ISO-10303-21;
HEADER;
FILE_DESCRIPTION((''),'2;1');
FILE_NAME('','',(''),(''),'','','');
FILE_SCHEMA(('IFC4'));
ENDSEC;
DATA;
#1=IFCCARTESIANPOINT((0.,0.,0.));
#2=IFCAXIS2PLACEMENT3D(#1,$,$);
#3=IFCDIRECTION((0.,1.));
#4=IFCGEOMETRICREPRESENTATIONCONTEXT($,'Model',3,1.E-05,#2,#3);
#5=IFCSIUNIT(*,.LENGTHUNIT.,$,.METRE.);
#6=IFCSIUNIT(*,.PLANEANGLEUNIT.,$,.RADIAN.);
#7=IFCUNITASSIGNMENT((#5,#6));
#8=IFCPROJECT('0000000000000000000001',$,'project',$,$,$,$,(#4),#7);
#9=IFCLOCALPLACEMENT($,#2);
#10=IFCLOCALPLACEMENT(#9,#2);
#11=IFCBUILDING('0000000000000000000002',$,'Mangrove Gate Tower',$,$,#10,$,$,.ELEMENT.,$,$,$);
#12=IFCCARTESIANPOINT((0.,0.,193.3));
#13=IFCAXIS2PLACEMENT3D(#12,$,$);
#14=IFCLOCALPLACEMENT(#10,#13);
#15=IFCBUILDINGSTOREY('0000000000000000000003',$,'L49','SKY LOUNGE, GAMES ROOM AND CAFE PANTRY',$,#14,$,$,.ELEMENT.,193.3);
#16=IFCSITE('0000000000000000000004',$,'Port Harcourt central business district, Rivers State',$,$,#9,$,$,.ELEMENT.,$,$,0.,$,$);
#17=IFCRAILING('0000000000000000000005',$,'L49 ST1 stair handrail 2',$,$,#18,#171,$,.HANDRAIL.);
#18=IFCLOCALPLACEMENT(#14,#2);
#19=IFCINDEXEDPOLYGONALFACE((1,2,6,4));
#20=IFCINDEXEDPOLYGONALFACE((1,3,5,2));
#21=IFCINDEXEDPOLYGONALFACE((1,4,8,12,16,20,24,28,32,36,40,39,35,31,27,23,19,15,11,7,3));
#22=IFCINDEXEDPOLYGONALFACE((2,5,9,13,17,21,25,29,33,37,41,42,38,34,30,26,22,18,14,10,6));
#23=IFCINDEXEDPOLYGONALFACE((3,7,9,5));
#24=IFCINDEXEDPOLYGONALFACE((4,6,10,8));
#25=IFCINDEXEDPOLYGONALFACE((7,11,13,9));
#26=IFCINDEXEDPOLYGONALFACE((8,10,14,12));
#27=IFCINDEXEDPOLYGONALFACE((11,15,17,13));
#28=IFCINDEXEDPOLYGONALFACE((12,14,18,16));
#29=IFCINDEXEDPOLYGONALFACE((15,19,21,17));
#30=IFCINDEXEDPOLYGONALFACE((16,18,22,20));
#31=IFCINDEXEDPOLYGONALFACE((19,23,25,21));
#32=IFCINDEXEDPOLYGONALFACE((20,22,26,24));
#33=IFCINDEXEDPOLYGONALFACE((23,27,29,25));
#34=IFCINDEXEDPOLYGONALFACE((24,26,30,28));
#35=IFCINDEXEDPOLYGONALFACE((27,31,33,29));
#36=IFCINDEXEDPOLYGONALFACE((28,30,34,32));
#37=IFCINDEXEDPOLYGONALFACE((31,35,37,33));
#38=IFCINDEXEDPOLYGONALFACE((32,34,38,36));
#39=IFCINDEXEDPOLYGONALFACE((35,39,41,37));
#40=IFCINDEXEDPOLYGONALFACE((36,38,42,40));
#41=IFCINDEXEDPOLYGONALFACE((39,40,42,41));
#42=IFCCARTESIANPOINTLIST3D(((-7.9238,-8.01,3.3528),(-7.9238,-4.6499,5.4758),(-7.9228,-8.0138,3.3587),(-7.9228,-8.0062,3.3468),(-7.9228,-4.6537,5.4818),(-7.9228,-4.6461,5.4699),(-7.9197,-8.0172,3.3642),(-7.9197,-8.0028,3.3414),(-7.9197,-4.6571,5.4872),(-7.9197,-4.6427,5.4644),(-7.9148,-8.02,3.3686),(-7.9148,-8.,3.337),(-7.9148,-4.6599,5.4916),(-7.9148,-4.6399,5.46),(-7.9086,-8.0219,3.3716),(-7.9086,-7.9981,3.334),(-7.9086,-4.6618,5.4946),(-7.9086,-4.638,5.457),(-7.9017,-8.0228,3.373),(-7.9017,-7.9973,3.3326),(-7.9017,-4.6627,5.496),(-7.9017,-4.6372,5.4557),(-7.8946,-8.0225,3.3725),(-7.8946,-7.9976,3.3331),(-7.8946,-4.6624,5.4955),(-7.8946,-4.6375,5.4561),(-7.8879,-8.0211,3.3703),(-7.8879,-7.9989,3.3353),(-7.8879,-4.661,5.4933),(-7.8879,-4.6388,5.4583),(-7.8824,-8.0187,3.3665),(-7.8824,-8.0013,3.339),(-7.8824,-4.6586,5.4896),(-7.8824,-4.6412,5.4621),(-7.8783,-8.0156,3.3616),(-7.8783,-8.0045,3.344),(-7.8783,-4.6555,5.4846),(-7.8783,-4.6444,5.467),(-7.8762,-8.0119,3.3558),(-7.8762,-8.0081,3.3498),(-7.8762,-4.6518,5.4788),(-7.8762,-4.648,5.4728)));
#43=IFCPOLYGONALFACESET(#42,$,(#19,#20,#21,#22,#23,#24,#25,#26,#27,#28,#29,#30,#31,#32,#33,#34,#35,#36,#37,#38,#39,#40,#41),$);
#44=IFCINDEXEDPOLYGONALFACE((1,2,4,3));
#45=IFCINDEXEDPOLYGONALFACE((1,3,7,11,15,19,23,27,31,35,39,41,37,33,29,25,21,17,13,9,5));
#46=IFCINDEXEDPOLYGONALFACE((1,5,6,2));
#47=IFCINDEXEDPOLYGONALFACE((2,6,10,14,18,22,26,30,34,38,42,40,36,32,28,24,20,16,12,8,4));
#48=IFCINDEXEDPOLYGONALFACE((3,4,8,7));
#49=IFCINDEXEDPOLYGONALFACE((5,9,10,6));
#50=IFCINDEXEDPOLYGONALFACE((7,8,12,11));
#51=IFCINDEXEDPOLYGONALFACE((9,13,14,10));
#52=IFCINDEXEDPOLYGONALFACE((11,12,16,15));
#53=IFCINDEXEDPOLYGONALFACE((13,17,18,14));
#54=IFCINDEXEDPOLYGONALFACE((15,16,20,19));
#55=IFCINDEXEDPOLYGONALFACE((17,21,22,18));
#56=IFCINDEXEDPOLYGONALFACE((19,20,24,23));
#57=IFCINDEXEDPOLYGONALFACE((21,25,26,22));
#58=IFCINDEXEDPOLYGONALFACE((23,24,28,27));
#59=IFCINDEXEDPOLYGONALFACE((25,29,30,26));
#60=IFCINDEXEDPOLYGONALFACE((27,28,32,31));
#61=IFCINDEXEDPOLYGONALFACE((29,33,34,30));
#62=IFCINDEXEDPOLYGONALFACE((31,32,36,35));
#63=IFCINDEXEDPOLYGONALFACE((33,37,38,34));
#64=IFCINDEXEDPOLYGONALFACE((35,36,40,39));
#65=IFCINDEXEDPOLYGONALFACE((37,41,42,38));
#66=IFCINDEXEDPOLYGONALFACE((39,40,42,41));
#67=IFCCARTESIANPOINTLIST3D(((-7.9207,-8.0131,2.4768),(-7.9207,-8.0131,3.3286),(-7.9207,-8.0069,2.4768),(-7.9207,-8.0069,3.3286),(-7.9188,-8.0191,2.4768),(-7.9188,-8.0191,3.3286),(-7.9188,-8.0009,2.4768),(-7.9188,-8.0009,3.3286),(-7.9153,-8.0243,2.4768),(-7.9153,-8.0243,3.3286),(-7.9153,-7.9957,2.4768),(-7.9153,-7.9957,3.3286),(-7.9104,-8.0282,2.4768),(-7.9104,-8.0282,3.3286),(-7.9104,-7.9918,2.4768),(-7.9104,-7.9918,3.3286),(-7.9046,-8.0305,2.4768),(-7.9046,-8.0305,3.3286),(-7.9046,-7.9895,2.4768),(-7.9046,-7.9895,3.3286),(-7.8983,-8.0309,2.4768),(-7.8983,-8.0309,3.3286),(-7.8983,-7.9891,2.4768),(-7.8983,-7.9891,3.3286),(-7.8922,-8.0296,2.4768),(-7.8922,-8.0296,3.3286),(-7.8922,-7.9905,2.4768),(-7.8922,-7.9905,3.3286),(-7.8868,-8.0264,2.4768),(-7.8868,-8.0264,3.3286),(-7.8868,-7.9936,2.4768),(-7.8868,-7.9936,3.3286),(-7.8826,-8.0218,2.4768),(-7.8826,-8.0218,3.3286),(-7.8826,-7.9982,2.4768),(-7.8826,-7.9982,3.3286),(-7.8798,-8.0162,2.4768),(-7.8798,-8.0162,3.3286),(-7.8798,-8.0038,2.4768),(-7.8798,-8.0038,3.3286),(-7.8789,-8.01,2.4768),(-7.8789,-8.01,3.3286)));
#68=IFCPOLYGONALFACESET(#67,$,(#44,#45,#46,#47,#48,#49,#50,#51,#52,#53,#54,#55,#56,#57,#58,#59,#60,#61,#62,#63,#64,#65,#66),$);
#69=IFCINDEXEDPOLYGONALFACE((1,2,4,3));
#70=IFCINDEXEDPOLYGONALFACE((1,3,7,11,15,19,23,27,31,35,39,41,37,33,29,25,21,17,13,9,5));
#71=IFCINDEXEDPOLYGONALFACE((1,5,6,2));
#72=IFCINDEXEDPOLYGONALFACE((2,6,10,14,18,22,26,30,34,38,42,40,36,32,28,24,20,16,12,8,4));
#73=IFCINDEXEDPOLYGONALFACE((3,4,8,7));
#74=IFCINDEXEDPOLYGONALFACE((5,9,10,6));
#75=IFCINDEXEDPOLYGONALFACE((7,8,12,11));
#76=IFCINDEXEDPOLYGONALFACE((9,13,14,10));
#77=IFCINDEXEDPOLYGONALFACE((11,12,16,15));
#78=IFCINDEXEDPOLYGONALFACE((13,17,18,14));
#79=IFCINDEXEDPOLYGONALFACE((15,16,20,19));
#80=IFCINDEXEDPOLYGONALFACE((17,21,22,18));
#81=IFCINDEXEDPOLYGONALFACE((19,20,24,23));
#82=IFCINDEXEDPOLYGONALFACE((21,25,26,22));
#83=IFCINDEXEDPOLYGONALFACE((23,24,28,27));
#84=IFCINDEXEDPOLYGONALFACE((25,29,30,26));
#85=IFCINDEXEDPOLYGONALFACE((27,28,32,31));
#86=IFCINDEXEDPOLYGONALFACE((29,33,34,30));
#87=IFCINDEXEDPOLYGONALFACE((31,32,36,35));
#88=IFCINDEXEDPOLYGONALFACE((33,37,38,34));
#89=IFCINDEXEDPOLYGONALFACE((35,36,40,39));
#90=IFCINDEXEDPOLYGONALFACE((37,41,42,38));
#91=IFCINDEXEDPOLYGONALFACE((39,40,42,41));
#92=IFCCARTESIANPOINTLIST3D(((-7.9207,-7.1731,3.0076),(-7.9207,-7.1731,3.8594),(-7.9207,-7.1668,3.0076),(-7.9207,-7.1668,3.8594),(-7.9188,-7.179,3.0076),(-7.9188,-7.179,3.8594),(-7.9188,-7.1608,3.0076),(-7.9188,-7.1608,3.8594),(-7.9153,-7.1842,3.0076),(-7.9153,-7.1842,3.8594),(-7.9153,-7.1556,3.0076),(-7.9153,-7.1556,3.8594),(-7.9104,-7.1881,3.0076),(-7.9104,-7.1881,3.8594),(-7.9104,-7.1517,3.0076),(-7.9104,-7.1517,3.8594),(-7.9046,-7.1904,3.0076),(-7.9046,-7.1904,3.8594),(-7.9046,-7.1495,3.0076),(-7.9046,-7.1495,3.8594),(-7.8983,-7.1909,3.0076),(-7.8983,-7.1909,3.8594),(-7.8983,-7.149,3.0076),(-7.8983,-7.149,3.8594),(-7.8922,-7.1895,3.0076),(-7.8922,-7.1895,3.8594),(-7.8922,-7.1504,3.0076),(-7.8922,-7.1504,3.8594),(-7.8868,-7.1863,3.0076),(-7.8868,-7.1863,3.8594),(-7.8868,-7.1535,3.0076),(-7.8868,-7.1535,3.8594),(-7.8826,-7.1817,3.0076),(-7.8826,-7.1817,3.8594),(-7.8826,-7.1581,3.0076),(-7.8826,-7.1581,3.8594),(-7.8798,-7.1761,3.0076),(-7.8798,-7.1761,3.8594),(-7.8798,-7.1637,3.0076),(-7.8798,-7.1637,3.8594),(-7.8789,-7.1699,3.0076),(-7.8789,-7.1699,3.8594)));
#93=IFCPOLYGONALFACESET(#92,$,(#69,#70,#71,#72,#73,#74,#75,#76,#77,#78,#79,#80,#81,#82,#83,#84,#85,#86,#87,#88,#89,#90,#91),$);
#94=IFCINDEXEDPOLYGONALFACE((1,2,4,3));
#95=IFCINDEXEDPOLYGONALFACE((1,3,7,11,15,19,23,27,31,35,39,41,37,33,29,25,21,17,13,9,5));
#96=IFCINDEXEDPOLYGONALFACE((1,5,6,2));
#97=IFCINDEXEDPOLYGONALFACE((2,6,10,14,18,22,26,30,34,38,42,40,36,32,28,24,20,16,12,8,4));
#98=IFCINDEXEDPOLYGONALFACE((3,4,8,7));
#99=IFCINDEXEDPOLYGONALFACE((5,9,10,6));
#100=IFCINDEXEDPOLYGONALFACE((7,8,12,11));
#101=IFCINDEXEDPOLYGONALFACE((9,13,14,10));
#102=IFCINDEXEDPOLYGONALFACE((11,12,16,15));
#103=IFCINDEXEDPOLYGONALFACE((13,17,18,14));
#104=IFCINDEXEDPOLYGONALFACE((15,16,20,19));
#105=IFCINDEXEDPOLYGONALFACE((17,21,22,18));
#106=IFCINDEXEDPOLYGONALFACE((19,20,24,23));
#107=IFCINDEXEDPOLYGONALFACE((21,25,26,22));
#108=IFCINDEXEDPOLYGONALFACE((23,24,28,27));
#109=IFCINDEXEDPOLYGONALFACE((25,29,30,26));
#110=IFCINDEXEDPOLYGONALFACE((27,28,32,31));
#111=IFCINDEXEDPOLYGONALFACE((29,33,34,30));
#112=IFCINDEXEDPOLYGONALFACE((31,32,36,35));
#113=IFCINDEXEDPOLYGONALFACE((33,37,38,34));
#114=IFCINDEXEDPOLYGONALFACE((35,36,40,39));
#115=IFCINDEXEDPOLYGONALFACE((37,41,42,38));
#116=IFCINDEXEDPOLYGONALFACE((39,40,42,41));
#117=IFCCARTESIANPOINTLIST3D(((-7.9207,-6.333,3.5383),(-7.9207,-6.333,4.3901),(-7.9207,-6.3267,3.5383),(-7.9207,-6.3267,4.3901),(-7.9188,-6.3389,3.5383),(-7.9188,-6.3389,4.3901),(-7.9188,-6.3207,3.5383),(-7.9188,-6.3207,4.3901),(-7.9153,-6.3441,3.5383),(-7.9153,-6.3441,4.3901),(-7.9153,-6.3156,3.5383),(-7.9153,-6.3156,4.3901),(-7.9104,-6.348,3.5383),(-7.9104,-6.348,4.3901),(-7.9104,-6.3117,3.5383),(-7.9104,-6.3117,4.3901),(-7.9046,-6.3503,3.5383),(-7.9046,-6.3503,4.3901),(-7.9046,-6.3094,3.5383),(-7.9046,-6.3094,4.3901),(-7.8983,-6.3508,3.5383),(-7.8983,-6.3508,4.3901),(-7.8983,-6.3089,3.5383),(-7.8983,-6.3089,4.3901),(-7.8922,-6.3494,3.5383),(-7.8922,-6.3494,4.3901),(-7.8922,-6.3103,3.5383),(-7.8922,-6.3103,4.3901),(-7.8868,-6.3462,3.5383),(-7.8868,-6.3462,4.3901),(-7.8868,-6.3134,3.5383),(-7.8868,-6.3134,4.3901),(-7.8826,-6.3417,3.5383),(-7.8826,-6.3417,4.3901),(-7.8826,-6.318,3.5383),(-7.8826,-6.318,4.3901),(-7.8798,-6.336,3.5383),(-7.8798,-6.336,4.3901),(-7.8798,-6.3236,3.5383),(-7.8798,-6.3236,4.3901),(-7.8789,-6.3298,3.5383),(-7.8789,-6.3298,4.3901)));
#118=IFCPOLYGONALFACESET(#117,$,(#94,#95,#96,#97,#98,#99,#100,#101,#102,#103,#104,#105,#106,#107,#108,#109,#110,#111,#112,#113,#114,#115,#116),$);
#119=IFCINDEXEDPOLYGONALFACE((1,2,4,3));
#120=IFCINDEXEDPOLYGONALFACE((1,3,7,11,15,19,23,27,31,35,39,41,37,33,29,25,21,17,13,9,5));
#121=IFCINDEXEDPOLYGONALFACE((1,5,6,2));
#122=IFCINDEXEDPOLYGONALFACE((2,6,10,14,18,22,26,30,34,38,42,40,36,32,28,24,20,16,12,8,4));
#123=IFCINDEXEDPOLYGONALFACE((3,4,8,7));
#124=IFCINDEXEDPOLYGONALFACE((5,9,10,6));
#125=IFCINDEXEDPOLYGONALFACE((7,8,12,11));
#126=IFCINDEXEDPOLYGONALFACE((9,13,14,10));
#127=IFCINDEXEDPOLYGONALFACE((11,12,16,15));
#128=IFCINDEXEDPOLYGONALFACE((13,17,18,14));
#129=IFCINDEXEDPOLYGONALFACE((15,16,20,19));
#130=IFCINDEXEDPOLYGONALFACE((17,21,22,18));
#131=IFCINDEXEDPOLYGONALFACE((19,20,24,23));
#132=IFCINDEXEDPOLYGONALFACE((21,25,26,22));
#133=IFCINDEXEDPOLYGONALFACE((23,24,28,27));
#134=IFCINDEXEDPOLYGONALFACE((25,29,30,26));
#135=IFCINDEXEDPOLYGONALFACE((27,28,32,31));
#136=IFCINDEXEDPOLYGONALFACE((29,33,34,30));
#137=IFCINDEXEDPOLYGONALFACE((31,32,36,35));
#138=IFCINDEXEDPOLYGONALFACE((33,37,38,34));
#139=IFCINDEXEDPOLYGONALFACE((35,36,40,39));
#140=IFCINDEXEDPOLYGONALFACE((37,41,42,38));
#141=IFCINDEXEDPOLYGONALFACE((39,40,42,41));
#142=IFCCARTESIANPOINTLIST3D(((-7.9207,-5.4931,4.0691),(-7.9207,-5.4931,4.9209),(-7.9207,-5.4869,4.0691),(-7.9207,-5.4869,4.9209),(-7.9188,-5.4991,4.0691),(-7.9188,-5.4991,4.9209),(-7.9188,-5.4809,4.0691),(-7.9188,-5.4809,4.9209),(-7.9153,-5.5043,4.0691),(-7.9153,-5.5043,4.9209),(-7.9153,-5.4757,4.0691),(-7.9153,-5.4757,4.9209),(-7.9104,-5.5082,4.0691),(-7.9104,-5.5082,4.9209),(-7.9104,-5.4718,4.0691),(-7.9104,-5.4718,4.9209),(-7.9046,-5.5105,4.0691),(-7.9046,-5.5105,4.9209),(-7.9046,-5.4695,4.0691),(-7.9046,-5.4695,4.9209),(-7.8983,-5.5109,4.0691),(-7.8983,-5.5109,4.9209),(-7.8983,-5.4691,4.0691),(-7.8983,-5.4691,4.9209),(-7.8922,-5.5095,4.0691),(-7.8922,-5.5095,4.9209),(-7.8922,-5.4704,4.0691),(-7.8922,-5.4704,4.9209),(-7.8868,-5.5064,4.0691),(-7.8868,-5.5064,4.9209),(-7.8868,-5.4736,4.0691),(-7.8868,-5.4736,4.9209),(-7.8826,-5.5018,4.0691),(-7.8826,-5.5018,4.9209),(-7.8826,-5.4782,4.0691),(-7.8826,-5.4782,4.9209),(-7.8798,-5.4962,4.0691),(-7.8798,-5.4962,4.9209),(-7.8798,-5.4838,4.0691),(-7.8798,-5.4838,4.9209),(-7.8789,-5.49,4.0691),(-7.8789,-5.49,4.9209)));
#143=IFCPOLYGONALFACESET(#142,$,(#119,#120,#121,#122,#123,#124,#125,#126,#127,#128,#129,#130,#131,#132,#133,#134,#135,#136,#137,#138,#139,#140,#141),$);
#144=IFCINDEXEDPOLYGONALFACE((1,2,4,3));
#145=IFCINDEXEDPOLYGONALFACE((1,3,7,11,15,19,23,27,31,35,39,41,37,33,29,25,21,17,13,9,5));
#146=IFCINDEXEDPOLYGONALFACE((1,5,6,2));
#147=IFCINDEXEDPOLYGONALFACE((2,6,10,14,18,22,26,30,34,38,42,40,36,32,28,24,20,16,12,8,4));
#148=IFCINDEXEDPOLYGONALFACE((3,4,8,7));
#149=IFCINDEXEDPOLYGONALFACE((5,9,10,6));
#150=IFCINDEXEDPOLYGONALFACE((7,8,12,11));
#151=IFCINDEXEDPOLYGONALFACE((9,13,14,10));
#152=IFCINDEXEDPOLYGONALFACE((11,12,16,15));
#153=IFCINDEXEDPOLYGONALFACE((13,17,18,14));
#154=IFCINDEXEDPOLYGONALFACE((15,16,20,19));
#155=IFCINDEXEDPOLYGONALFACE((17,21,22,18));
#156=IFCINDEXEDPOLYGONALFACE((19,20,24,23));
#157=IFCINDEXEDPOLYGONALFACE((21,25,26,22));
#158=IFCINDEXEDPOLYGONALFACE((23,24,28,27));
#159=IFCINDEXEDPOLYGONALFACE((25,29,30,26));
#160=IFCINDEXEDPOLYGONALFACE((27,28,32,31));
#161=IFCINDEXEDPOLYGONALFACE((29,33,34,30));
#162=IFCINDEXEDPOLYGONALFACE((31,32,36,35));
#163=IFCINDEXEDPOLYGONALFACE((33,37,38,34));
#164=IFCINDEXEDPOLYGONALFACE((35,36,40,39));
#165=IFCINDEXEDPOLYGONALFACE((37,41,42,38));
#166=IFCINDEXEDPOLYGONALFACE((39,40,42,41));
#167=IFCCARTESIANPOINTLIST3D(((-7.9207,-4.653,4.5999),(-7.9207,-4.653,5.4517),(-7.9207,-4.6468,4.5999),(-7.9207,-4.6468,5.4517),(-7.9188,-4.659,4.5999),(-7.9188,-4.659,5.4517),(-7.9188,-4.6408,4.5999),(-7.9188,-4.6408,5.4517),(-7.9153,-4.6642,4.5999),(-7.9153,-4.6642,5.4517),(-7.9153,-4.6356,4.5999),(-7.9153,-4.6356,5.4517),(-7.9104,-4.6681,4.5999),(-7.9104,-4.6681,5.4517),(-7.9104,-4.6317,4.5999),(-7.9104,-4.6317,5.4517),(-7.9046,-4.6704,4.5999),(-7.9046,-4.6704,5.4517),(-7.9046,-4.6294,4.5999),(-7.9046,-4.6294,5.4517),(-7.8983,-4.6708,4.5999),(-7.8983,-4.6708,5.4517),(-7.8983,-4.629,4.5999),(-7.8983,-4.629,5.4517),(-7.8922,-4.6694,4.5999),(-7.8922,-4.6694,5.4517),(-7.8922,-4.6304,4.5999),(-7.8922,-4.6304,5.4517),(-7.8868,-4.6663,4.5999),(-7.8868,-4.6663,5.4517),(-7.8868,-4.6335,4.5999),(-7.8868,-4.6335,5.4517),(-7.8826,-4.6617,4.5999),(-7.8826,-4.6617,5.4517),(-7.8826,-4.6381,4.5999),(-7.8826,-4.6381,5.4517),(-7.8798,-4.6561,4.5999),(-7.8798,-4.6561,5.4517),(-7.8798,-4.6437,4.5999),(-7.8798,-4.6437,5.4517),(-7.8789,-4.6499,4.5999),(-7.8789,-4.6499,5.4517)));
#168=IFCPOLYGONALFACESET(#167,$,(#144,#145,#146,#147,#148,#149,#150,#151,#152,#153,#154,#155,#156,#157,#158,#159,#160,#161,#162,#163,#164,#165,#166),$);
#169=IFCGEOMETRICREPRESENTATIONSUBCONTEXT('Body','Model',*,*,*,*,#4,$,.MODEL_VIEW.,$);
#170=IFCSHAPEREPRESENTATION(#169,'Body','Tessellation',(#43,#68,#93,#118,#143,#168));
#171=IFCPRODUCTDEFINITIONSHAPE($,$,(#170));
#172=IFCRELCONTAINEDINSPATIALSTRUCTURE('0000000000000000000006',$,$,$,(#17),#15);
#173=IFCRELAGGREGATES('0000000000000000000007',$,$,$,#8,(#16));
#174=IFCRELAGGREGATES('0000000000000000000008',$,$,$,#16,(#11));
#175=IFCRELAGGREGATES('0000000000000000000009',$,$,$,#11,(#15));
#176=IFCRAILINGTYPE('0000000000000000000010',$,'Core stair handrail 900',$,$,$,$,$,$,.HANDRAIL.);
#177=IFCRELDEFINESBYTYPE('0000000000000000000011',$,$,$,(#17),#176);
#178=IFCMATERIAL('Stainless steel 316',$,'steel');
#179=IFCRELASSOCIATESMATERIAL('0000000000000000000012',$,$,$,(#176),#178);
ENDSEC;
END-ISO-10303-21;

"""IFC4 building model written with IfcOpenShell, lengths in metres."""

from ifc_helpers import new_model, si_unit, direction, frame, origin, origin_2d, place, context, subcontext, project, spatial, circle, extrude, material, type_object, element, save


model = new_model("IFC4")

# Units and contexts
model_context = context("Model", 3, precision=1e-05, world=origin(), true_north=direction((0.0, 1.0)))
body_context = subcontext(model_context, "Body", "Model", "MODEL_VIEW")
ifc_project = project(units=[si_unit("LENGTHUNIT", "METRE"), si_unit("PLANEANGLEUNIT", "RADIAN")], contexts=[model_context])

# Site, building, storey
site_placement = place(None, origin())
site = spatial("IfcSite", under=ifc_project, at=site_placement, Name="Port Harcourt central business district, Rivers State", CompositionType="ELEMENT", RefElevation=0.0)
building_placement = place(site_placement, origin())
building = spatial("IfcBuilding", under=site, at=building_placement, Name="Mangrove Gate Tower", CompositionType="ELEMENT")
storey_placement = place(building_placement, frame((0.0, 0.0, 193.3)))
storey = spatial("IfcBuildingStorey", under=building, at=storey_placement, Name="L49", Description="SKY LOUNGE, GAMES ROOM AND CAFE PANTRY", CompositionType="ELEMENT", Elevation=193.3)

# Railing
ifc_material_1 = material(Name="Stainless steel 316", Category="steel")
railing_type_1 = type_object("IfcRailingType", Name="Core stair handrail 900", PredefinedType="HANDRAIL", material=ifc_material_1)
railing_1_placement = place(storey_placement, frame((-7.8999, -8.01, 2.4768)))
element("IfcRailing", 1, at=railing_1_placement, inside=storey, type_object=railing_type_1, Name="L49 ST1 stair handrail 2", PredefinedType="HANDRAIL", context=body_context, shape_type="SweptSolid", body=[
    extrude(circle(Radius=0.0239, at=origin_2d()), frame((0.0, 0.0, 0.876), z_axis=(0.0, 0.84539, 0.53415), x_axis=(-1.0, 0.0, 0.0)), (0.0, 0.0, 1.0), 3.9746),
    extrude(circle(Radius=0.021, at=origin_2d()), origin(), (0.0, 0.0, 1.0), 0.8518),
    extrude(circle(Radius=0.021, at=origin_2d()), frame((0.0, 0.8401, 0.5308)), (0.0, 0.0, 1.0), 0.8518),
    extrude(circle(Radius=0.021, at=origin_2d()), frame((0.0, 1.6802, 1.0615)), (0.0, 0.0, 1.0), 0.8518),
    extrude(circle(Radius=0.021, at=origin_2d()), frame((0.0, 2.52, 1.5923)), (0.0, 0.0, 1.0), 0.8518),
    extrude(circle(Radius=0.021, at=origin_2d()), frame((0.0, 3.3601, 2.123)), (0.0, 0.0, 1.0), 0.8518),
])

save(model, "model.ifc")
